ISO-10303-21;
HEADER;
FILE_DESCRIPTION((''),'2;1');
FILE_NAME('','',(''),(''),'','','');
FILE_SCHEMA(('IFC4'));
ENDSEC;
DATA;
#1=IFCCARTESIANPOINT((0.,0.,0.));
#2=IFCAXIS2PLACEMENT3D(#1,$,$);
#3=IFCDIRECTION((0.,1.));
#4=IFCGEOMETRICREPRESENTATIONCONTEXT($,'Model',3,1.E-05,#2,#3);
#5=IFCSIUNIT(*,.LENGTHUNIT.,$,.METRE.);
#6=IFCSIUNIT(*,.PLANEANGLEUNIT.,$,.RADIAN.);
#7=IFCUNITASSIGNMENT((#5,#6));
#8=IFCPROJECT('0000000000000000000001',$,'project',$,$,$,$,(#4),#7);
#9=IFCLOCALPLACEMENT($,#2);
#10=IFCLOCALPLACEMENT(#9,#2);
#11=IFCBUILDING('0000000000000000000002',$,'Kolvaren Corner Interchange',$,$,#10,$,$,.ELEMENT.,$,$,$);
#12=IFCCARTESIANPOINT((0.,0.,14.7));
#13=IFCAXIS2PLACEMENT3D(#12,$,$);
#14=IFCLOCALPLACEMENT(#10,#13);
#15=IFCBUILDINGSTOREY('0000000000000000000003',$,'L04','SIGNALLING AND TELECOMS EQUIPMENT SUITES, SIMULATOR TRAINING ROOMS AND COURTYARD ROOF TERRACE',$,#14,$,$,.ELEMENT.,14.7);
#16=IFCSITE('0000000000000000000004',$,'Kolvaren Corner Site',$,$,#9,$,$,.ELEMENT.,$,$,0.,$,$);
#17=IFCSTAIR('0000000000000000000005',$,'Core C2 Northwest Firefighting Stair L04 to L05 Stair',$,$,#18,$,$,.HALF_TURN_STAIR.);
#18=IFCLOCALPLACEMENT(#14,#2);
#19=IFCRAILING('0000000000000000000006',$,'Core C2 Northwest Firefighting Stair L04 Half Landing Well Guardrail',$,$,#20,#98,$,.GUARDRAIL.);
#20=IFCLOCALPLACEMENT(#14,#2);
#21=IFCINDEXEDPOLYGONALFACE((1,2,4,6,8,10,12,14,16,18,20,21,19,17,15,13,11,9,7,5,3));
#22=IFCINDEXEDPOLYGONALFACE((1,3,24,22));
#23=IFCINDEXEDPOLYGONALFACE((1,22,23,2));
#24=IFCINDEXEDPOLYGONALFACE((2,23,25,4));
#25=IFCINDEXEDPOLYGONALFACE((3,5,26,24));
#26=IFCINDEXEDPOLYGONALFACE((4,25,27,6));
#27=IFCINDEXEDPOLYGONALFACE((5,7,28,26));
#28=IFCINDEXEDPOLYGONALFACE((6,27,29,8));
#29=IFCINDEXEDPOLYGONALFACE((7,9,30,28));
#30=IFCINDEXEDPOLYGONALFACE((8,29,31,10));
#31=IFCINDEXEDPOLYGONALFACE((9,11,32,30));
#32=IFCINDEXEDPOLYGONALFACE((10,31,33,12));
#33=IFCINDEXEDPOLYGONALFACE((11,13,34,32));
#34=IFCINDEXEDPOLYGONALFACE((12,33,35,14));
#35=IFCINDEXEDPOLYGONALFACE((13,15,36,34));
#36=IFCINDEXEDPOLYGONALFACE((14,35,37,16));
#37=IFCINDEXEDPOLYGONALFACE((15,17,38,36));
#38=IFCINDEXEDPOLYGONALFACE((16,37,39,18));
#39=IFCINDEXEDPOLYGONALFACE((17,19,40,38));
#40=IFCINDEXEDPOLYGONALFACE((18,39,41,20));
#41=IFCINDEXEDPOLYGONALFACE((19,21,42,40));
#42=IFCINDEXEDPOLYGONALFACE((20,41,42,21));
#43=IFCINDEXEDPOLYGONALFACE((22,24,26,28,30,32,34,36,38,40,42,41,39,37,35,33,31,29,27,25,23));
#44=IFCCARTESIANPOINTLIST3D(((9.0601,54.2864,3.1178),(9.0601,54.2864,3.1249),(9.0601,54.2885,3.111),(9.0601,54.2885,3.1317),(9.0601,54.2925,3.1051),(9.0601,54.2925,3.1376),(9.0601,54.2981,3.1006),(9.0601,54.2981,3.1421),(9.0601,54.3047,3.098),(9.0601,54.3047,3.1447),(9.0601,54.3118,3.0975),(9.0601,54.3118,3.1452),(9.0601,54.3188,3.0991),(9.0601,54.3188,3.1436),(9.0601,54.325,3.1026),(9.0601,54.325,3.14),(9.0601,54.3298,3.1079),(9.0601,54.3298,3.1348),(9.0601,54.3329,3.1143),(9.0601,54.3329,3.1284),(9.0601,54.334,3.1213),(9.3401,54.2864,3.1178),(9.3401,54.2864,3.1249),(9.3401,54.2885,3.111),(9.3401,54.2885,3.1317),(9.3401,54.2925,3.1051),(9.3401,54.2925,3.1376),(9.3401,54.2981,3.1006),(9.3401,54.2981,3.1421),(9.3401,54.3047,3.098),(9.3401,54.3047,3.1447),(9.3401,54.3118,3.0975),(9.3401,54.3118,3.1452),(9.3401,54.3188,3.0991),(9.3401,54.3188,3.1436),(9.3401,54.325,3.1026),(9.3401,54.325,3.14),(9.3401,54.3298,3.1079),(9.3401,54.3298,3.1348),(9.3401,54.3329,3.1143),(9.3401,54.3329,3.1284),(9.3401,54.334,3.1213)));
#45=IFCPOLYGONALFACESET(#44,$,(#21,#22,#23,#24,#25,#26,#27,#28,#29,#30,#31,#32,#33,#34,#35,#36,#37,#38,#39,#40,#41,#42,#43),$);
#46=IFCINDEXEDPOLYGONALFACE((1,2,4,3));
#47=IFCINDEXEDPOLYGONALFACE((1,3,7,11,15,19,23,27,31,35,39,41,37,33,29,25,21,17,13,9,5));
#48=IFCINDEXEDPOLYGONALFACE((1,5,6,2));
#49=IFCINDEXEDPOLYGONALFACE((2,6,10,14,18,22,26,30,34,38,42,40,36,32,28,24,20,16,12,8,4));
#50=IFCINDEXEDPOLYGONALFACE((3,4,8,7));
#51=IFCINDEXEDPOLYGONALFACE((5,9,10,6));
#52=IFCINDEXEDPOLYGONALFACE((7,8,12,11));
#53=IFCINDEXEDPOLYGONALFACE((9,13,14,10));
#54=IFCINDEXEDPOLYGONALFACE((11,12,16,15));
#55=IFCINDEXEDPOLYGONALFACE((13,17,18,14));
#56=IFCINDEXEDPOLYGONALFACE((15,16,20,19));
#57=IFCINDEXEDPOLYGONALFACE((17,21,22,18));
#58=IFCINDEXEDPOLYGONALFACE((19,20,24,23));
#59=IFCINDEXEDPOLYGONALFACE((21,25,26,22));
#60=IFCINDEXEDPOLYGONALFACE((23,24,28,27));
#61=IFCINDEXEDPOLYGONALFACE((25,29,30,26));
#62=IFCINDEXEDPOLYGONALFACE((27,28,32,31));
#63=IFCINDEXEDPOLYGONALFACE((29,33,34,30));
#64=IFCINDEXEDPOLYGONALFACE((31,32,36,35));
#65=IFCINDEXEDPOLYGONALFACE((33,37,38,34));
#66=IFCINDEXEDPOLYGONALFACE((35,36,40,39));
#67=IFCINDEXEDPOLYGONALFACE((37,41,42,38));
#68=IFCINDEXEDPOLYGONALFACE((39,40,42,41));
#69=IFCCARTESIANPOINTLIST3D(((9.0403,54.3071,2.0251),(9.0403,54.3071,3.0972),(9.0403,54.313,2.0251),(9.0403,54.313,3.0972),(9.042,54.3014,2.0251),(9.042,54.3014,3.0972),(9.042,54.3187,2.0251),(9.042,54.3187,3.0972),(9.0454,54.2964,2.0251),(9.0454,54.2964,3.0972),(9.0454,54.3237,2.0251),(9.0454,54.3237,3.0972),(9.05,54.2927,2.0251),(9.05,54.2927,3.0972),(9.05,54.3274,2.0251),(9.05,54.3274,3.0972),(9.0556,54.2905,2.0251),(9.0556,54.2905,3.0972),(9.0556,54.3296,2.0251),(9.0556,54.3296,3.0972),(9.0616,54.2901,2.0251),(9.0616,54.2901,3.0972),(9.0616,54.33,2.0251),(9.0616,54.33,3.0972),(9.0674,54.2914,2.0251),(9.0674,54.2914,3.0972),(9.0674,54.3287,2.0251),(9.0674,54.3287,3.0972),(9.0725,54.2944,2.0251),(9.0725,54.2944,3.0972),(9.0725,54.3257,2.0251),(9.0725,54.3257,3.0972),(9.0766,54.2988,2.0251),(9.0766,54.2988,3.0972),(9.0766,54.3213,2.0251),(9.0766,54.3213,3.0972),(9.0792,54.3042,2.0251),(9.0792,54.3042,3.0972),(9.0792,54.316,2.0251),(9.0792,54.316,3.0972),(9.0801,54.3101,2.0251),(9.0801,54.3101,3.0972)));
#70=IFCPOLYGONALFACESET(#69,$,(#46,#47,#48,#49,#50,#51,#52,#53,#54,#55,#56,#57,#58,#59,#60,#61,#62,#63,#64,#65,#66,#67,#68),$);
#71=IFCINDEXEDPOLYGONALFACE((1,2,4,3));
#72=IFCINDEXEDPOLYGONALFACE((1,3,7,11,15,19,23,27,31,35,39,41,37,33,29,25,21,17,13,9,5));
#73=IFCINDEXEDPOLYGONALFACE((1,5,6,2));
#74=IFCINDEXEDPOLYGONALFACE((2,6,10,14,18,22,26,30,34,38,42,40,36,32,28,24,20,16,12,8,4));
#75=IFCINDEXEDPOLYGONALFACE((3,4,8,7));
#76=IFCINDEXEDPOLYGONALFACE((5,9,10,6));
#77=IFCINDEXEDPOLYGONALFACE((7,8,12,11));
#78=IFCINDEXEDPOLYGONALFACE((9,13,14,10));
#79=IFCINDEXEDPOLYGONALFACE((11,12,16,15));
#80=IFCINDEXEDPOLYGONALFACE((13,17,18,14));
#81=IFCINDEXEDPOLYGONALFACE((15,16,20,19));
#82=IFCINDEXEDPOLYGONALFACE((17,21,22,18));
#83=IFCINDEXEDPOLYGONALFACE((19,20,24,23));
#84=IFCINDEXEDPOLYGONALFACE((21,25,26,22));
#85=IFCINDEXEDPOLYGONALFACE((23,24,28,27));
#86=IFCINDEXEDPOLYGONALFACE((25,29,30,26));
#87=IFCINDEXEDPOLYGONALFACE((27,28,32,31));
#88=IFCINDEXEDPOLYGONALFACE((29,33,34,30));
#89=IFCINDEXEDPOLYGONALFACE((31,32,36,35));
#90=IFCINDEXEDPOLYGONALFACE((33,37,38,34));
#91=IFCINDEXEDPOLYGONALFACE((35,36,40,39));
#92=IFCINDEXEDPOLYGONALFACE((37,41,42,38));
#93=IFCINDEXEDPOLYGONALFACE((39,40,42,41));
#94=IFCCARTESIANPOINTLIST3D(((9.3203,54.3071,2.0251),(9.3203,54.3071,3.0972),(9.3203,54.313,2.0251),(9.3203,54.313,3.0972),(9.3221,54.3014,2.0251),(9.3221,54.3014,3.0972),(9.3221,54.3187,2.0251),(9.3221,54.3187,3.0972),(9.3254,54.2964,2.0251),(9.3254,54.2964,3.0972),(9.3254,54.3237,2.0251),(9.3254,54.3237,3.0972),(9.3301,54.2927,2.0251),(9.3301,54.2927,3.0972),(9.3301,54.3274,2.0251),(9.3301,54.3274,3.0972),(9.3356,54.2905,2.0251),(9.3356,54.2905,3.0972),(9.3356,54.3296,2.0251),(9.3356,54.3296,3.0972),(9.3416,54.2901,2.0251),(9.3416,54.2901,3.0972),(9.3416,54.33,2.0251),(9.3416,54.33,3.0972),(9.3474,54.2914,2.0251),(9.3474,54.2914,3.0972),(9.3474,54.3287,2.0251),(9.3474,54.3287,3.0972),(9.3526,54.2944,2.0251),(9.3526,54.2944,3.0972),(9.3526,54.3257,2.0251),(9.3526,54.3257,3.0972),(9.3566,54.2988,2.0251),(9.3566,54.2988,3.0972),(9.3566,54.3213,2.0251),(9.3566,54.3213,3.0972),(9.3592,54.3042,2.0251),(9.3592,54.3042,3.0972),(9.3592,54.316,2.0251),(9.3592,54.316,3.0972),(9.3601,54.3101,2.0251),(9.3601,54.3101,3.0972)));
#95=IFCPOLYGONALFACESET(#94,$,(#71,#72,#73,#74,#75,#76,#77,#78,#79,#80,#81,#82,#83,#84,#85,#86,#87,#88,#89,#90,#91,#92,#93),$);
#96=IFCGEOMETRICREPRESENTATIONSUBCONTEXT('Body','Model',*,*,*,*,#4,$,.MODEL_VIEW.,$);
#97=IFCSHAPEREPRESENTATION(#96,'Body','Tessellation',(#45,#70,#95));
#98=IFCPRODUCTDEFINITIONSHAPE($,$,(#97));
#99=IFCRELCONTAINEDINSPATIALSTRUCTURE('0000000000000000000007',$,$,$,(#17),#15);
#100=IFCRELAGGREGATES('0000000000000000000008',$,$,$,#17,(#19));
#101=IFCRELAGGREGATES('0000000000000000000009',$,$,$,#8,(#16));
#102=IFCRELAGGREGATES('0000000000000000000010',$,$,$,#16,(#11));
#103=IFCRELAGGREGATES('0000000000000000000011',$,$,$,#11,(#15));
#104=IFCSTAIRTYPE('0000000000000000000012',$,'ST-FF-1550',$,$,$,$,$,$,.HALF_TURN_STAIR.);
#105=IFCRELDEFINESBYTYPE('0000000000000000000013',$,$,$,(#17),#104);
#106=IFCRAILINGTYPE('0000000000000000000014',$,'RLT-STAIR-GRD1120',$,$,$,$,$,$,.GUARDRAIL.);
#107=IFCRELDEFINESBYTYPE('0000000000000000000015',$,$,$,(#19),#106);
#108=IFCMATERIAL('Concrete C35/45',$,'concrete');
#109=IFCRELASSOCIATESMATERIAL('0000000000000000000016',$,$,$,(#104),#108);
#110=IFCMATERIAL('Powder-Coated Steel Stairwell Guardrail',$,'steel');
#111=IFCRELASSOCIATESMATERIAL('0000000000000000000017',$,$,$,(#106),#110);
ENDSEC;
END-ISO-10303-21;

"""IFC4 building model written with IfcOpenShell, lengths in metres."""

from ifc_helpers import new_model, si_unit, direction, frame, origin, origin_2d, place, context, subcontext, project, spatial, circle, extrude, material, type_object, element, aggregate, save


model = new_model("IFC4")

# Units and contexts
model_context = context("Model", 3, precision=1e-05, world=origin(), true_north=direction((0.0, 1.0)))
body_context = subcontext(model_context, "Body", "Model", "MODEL_VIEW")
ifc_project = project(units=[si_unit("LENGTHUNIT", "METRE"), si_unit("PLANEANGLEUNIT", "RADIAN")], contexts=[model_context])

# Site, building, storey
site_placement = place(None, origin())
site = spatial("IfcSite", under=ifc_project, at=site_placement, Name="Kolvaren Corner Site", CompositionType="ELEMENT", RefElevation=0.0)
building_placement = place(site_placement, origin())
building = spatial("IfcBuilding", under=site, at=building_placement, Name="Kolvaren Corner Interchange", CompositionType="ELEMENT")
storey_placement = place(building_placement, frame((0.0, 0.0, 14.7)))
storey = spatial("IfcBuildingStorey", under=building, at=storey_placement, Name="L04", Description="SIGNALLING AND TELECOMS EQUIPMENT SUITES, SIMULATOR TRAINING ROOMS AND COURTYARD ROOF TERRACE", CompositionType="ELEMENT", Elevation=14.7)

# Stair, railing
ifc_material_1 = material(Name="Concrete C35/45", Category="concrete")
stair_type = type_object("IfcStairType", Name="ST-FF-1550", PredefinedType="HALF_TURN_STAIR", material=ifc_material_1)
stair_placement = place(storey_placement, origin())
stair = element("IfcStair", 1, at=stair_placement, inside=storey, type_object=stair_type, Name="Core C2 Northwest Firefighting Stair L04 to L05 Stair", PredefinedType="HALF_TURN_STAIR")
ifc_material_2 = material(Name="Powder-Coated Steel Stairwell Guardrail", Category="steel")
railing_type_1 = type_object("IfcRailingType", Name="RLT-STAIR-GRD1120", PredefinedType="GUARDRAIL", material=ifc_material_2)
railing_1_placement = place(storey_placement, frame((9.0601, 54.3101, 2.0251)))
railing_1 = element("IfcRailing", 2, at=railing_1_placement, type_object=railing_type_1, Name="Core C2 Northwest Firefighting Stair L04 Half Landing Well Guardrail", PredefinedType="GUARDRAIL", context=body_context, shape_type="SweptSolid", body=[
    extrude(circle(Radius=0.0239, at=origin_2d()), frame((0.0, 0.0, 1.0962), z_axis=(1.0, 0.0, 0.0), x_axis=(0.0, 1.0, 0.0)), (0.0, 0.0, 1.0), 0.28),
    extrude(circle(Radius=0.02, at=origin_2d()), origin(), (0.0, 0.0, 1.0), 1.072),
    extrude(circle(Radius=0.02, at=origin_2d()), frame((0.28, 0.0, 0.0)), (0.0, 0.0, 1.0), 1.072),
])

aggregate(stair, [railing_1])

save(model, "model.ifc")
